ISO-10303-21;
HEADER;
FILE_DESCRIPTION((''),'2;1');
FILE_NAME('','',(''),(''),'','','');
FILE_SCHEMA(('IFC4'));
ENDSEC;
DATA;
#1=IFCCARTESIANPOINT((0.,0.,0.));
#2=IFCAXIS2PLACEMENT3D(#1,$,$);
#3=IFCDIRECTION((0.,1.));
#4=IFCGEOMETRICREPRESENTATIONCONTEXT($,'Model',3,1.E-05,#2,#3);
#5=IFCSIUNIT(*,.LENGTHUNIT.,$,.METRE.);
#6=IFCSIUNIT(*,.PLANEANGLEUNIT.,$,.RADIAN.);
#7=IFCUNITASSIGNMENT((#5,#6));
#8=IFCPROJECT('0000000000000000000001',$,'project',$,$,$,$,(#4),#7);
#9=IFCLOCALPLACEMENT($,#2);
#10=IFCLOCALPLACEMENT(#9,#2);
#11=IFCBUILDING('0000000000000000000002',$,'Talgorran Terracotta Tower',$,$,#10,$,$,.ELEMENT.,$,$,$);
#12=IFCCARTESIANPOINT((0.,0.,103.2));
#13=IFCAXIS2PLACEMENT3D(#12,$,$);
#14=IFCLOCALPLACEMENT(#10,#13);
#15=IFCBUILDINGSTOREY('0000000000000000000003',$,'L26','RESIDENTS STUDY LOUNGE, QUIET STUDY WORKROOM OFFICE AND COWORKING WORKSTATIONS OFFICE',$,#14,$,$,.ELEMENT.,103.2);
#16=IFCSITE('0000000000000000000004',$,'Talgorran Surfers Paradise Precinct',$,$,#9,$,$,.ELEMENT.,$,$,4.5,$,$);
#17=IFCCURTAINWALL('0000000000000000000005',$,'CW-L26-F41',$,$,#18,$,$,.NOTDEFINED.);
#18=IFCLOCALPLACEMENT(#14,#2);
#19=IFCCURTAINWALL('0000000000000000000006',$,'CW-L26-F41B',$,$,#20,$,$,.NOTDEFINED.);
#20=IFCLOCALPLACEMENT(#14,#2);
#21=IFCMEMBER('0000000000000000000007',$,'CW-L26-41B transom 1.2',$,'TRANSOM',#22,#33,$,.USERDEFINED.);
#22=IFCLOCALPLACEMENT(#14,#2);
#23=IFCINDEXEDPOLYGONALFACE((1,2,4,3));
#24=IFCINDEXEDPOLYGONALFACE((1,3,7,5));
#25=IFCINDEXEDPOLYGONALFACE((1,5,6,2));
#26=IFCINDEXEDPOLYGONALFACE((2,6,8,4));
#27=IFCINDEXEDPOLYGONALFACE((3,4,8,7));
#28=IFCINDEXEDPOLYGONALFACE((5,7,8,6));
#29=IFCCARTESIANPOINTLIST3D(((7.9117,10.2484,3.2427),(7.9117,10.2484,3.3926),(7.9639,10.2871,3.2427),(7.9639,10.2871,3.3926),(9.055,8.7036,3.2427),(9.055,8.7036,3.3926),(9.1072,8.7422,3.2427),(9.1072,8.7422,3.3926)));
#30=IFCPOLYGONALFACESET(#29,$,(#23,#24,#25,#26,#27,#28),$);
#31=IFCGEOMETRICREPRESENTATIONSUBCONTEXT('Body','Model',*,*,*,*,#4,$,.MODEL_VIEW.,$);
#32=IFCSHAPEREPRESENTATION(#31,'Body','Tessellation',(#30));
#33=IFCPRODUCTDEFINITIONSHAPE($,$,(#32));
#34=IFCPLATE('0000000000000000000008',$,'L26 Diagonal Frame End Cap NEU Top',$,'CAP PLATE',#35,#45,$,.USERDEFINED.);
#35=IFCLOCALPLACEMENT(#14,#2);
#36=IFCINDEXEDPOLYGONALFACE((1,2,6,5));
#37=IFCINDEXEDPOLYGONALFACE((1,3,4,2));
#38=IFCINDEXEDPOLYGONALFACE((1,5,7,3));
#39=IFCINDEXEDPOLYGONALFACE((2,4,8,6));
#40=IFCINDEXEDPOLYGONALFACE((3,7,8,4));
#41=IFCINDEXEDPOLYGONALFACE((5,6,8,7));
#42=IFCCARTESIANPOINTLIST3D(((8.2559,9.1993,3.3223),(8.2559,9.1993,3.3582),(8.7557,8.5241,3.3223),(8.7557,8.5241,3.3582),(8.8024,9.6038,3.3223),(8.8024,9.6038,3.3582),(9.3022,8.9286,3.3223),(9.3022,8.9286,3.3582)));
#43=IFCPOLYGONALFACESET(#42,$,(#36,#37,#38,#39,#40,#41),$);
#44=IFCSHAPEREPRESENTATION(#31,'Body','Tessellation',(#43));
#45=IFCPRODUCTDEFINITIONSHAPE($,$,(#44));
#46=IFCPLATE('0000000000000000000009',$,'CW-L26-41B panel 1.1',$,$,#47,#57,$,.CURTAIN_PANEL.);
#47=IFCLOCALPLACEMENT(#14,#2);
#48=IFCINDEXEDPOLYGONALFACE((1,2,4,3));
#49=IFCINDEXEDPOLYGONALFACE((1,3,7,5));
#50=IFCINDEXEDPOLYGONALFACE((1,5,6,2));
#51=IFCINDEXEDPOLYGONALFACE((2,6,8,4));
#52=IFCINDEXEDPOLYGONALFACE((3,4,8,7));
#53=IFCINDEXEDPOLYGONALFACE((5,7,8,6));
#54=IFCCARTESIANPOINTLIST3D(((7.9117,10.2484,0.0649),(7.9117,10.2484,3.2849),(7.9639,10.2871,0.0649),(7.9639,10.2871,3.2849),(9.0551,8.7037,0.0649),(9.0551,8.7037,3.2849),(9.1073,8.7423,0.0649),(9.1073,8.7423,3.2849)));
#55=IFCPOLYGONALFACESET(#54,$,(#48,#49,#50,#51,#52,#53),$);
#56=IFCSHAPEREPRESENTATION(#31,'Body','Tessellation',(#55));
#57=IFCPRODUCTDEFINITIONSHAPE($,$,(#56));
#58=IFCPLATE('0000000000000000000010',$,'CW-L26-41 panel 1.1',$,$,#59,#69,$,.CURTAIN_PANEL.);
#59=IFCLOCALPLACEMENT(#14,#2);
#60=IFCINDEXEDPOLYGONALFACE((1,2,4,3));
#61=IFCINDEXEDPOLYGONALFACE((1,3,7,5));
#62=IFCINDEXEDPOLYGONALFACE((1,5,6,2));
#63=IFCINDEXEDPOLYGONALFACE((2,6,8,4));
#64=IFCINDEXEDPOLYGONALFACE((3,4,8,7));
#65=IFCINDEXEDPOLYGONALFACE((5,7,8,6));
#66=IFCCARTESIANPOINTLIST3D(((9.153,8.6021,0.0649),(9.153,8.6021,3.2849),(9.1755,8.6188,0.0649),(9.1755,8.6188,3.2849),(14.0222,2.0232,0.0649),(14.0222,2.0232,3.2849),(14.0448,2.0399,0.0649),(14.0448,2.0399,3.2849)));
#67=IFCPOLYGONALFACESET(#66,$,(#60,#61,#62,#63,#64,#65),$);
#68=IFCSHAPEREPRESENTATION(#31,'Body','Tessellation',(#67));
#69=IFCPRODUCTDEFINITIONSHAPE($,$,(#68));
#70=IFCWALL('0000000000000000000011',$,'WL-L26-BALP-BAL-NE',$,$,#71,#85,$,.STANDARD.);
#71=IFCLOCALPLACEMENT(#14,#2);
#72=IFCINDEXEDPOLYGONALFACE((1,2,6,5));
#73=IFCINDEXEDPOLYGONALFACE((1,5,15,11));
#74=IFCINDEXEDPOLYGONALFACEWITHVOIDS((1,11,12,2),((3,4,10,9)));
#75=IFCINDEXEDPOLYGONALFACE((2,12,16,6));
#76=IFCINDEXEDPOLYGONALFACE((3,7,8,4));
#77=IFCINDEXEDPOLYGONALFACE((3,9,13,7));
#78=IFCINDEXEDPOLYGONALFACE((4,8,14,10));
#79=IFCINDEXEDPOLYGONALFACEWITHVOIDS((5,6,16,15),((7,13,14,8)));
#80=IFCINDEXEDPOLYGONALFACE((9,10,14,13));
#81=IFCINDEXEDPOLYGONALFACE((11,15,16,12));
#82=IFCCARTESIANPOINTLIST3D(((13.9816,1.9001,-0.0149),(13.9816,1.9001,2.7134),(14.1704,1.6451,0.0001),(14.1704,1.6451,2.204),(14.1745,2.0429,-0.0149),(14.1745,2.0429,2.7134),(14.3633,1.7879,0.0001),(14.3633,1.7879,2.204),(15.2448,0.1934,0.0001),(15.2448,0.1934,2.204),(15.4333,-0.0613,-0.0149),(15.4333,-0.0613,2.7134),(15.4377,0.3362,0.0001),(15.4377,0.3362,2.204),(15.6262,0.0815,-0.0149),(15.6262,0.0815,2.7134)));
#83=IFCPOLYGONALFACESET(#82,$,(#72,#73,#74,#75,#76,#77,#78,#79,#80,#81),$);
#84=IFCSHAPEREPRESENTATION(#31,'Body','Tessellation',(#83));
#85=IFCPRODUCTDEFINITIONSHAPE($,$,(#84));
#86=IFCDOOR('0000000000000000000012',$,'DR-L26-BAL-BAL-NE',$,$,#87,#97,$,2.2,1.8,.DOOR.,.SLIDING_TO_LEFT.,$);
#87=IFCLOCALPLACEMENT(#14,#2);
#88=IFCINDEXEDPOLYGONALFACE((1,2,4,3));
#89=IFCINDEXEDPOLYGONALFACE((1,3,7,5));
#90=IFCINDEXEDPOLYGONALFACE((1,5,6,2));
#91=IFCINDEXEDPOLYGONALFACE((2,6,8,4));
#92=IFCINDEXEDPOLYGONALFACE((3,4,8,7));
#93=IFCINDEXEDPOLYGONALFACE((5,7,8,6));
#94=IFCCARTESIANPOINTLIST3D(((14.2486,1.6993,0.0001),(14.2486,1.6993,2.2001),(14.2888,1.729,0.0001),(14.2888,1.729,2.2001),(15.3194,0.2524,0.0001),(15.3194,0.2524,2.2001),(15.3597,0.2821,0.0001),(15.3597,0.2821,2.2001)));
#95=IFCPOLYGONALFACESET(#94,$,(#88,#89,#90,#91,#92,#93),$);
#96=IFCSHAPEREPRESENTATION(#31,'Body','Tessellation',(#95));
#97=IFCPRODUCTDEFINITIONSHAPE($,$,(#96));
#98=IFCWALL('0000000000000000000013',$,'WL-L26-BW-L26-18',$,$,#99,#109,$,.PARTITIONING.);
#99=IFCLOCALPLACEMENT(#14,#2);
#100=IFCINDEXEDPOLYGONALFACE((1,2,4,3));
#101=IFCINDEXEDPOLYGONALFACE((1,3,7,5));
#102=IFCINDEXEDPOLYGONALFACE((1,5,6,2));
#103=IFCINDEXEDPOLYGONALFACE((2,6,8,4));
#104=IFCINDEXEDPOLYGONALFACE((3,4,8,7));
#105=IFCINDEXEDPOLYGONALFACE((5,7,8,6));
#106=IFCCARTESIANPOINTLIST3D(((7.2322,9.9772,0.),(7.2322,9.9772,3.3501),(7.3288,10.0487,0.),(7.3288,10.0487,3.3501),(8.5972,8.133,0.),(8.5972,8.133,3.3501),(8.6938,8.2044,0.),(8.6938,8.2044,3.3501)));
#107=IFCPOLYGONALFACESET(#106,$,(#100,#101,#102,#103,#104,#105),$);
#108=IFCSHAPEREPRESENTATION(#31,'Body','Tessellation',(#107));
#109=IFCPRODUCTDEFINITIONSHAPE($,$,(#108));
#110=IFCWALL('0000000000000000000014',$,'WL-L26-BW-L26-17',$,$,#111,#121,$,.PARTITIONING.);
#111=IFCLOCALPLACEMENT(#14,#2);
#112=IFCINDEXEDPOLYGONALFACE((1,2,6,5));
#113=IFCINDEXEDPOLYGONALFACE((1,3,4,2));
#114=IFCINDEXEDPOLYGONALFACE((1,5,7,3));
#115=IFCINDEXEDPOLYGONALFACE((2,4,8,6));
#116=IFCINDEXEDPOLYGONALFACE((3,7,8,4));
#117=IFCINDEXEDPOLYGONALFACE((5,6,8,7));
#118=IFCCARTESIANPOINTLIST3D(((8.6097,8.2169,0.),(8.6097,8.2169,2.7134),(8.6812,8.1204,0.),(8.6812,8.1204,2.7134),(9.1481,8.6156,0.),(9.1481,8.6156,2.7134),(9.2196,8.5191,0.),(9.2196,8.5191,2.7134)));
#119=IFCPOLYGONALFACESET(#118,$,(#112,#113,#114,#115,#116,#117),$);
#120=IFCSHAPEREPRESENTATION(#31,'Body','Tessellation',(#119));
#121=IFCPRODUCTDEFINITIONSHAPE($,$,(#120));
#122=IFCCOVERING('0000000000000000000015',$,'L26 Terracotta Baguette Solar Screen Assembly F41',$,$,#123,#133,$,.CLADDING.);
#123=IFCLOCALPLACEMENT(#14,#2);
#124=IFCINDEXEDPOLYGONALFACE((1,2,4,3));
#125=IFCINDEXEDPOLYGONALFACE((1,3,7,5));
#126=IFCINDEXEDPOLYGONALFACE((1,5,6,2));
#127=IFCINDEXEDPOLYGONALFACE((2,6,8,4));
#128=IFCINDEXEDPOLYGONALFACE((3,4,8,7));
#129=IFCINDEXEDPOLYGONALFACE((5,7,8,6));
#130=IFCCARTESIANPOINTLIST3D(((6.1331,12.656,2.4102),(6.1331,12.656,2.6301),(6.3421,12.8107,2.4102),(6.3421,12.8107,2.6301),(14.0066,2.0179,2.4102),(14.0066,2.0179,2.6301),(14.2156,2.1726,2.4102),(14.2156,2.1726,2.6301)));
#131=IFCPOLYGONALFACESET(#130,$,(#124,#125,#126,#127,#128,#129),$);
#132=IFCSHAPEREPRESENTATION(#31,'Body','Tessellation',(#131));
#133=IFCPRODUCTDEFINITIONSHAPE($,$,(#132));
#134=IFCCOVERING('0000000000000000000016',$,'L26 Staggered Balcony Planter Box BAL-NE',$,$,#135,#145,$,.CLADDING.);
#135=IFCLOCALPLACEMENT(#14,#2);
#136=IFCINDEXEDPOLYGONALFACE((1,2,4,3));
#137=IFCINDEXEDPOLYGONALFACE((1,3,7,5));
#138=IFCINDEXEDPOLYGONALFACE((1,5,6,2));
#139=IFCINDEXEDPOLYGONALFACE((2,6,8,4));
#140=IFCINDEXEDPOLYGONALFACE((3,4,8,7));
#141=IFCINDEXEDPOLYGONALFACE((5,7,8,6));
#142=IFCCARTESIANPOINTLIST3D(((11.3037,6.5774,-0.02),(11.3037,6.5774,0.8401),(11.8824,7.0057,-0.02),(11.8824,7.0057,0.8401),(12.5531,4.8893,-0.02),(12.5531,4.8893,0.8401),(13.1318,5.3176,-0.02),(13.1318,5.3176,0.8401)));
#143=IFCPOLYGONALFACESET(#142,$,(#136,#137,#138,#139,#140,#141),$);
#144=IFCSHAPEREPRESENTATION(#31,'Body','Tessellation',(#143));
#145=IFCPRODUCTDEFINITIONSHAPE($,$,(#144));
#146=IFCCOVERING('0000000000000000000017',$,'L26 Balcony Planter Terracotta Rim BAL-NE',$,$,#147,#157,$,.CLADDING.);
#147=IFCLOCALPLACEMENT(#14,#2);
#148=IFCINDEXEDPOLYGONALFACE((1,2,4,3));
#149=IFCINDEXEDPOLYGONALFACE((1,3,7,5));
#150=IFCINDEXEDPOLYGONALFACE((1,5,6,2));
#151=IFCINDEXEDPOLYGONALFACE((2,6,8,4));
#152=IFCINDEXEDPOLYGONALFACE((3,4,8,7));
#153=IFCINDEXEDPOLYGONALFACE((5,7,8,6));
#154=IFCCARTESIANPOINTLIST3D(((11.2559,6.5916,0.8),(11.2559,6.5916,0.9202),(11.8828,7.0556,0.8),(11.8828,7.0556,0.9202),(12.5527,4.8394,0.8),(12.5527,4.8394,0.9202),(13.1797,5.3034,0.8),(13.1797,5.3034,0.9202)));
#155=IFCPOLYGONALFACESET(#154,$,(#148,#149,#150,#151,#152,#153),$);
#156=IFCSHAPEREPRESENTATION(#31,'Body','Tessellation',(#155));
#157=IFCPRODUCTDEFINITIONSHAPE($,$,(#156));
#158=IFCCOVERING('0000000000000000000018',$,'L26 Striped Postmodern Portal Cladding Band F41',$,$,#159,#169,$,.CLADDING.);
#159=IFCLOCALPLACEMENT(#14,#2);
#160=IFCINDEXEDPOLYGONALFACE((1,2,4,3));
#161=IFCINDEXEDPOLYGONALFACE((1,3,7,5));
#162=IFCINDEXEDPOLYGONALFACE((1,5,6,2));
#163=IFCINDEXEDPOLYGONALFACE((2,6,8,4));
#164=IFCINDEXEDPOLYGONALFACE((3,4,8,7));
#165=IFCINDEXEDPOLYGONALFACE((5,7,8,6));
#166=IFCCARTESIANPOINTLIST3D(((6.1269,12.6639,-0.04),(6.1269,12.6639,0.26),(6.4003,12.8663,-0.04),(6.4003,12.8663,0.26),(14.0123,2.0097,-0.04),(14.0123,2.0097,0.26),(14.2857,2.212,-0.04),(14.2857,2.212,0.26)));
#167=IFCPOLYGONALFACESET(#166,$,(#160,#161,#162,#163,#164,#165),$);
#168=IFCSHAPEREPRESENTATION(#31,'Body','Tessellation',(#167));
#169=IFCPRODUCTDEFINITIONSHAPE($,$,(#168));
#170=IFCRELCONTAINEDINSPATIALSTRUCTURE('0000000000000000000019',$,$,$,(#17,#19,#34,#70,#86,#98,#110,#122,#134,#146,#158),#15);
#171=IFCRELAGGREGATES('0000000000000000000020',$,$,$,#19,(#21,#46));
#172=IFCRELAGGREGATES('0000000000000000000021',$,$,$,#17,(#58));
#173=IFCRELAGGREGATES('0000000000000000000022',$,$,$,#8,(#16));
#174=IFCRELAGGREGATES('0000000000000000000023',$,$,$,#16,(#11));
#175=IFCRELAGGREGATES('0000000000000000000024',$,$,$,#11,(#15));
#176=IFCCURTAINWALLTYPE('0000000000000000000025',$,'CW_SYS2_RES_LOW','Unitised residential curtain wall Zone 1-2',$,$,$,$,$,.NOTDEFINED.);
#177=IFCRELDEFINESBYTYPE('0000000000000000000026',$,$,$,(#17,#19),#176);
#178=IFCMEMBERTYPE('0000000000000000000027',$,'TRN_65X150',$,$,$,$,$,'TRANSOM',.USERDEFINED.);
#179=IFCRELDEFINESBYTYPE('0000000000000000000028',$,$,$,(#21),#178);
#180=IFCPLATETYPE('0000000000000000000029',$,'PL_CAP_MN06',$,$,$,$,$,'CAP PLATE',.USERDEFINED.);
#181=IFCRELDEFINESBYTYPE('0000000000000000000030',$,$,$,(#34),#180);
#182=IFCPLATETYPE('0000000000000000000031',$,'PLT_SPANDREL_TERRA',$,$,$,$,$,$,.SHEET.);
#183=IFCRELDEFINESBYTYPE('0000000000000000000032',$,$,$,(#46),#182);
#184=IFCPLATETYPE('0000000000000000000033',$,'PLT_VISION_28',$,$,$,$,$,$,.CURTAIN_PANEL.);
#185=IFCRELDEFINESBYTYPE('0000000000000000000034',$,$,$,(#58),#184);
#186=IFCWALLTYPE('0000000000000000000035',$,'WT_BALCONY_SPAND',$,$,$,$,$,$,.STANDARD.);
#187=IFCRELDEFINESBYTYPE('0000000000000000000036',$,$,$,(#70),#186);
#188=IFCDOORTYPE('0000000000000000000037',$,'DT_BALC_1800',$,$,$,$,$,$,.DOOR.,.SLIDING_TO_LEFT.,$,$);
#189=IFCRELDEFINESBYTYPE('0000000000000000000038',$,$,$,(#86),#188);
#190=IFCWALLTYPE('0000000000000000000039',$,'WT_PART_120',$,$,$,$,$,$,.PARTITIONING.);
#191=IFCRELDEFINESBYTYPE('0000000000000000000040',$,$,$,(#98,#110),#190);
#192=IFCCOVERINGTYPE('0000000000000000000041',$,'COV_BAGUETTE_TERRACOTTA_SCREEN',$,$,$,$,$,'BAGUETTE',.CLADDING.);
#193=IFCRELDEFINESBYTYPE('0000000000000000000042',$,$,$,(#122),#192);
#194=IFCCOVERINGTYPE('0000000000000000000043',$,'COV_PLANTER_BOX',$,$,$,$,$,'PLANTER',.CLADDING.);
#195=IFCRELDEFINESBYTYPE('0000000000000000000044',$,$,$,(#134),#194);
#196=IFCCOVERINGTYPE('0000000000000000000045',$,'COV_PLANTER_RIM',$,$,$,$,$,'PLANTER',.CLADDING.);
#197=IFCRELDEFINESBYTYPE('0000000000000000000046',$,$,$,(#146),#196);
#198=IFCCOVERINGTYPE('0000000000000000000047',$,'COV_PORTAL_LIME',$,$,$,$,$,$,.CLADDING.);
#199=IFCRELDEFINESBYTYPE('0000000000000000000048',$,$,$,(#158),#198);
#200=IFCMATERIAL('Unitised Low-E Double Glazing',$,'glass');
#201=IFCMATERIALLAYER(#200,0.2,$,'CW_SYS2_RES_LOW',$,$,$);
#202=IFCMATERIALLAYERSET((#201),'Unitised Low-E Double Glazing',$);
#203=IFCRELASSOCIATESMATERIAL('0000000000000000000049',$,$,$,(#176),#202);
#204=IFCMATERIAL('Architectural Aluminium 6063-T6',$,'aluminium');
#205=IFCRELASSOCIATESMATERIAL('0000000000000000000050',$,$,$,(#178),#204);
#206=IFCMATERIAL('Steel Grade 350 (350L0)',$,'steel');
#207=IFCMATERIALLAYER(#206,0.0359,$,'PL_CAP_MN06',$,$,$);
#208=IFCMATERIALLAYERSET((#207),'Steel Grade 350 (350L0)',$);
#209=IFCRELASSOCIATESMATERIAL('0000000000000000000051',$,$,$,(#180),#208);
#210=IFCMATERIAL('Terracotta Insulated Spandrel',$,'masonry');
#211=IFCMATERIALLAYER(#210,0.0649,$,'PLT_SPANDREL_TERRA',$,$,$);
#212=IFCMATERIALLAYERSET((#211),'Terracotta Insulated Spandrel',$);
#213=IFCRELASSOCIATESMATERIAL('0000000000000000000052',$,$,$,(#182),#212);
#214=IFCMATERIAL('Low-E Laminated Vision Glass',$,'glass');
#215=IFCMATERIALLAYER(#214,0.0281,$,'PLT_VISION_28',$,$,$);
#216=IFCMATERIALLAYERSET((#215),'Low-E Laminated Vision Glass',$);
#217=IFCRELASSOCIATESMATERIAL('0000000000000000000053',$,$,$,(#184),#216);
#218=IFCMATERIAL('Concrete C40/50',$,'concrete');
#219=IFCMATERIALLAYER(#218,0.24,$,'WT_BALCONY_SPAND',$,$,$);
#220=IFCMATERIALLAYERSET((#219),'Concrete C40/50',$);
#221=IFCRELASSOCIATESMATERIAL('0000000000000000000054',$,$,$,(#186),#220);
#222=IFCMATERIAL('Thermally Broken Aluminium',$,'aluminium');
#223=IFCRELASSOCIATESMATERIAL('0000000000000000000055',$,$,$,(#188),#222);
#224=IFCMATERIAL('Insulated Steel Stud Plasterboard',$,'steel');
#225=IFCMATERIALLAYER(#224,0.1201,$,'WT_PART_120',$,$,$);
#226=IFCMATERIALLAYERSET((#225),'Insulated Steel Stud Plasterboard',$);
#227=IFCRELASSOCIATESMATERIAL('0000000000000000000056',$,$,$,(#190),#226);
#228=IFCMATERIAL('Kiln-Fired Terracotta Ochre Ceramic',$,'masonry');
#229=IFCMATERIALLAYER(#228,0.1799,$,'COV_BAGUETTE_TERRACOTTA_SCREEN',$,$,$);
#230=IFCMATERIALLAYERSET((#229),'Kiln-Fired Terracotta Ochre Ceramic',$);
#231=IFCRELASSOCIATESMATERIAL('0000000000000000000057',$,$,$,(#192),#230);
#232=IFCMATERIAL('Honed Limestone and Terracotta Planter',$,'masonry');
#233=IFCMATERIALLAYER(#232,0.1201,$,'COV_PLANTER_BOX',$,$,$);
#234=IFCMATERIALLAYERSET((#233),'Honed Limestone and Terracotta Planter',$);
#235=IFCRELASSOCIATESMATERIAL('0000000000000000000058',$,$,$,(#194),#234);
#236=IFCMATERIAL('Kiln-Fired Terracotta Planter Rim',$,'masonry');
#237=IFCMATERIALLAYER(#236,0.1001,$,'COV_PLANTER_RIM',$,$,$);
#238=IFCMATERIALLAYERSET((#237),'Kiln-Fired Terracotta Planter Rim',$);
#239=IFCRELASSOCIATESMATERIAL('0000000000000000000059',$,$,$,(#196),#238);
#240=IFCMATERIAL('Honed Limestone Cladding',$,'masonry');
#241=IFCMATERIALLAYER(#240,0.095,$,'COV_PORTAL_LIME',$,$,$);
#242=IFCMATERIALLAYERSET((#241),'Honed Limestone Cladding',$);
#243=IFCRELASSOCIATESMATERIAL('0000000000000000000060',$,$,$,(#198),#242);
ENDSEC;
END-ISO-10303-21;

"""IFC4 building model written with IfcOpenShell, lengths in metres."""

from ifc_helpers import new_model, si_unit, direction, frame, frame_2d, origin, origin_2d, place, context, subcontext, project, spatial, rectangle, extrude, source, transform, mapped, material, layer, layer_set, material_profile, profile_set, type_object, type_shapes, element, fill, aggregate, save


model = new_model("IFC4")

# Units and contexts
model_context = context("Model", 3, precision=1e-05, world=origin(), true_north=direction((0.0, 1.0)))
body_context = subcontext(model_context, "Body", "Model", "MODEL_VIEW")
ifc_project = project(units=[si_unit("LENGTHUNIT", "METRE"), si_unit("PLANEANGLEUNIT", "RADIAN")], contexts=[model_context])

# Site, building, storey
site_placement = place(None, origin())
site = spatial("IfcSite", under=ifc_project, at=site_placement, Name="Talgorran Surfers Paradise Precinct", CompositionType="ELEMENT", RefElevation=4.5)
building_placement = place(site_placement, origin())
building = spatial("IfcBuilding", under=site, at=building_placement, Name="Talgorran Terracotta Tower", CompositionType="ELEMENT")
storey_placement = place(building_placement, frame((0.0, 0.0, 103.2)))
storey = spatial("IfcBuildingStorey", under=building, at=storey_placement, Name="L26", Description="RESIDENTS STUDY LOUNGE, QUIET STUDY WORKROOM OFFICE AND COWORKING WORKSTATIONS OFFICE", CompositionType="ELEMENT", Elevation=103.2)

# Shared definitions
ifc_material_1 = material(Name="Steel Grade 350 (350L0)", Category="steel")

# Shared definitions
ifc_material_2 = material(Name="Unitised Low-E Double Glazing", Category="glass")
ifc_layer_1 = layer(ifc_material_2, 0.2, Name="CW_SYS2_RES_LOW")
ifc_layer_set_1 = layer_set([ifc_layer_1], Name="Unitised Low-E Double Glazing")
curtain_wall_type = type_object("IfcCurtainWallType", Name="CW_SYS2_RES_LOW", Description="Unitised residential curtain wall Zone 1-2", PredefinedType="NOTDEFINED", material=ifc_layer_set_1)
ifc_material_3 = material(Name="Architectural Aluminium 6063-T6", Category="aluminium")

# Curtain wall
curtain_wall_1_placement = place(storey_placement, origin())
curtain_wall_1 = element("IfcCurtainWall", 1, at=curtain_wall_1_placement, inside=storey, type_object=curtain_wall_type, Name="CW-L26-F41", PredefinedType="NOTDEFINED")

# Curtain wall
curtain_wall_2_placement = place(storey_placement, origin())
curtain_wall_2 = element("IfcCurtainWall", 2, at=curtain_wall_2_placement, inside=storey, type_object=curtain_wall_type, Name="CW-L26-F41B", PredefinedType="NOTDEFINED")

# Member
ifc_material_profile_1 = material_profile(ifc_material_3, rectangle(XDim=0.0649, YDim=0.1499, at=origin_2d()), Name="CWT65X150")
ifc_profile_set_1 = profile_set([ifc_material_profile_1], Name="Architectural Aluminium 6063-T6")
member_type_1 = type_object("IfcMemberType", Name="TRN_65X150", ElementType="TRANSOM", PredefinedType="USERDEFINED", material=ifc_profile_set_1)
member_1_placement = place(storey_placement, frame((9.0811, 8.7229, 3.3176), z_axis=(-0.594866, 0.803825, 0.0), x_axis=(-0.803825, -0.594866, 0.0)))
member_1 = element("IfcMember", 3, at=member_1_placement, type_object=member_type_1, Name="CW-L26-41B transom 1.2", ObjectType="TRANSOM", PredefinedType="USERDEFINED", context=body_context, shape_type="SweptSolid", body=[
    extrude(rectangle(XDim=0.0649, YDim=0.1499, at=origin_2d()), origin(), (0.0, 0.0, 1.0), 1.9219),
])

# Plates
ifc_layer_2 = layer(ifc_material_1, 0.0359, Name="PL_CAP_MN06")
ifc_layer_set_2 = layer_set([ifc_layer_2], Name="Steel Grade 350 (350L0)")
plate_type_1 = type_object("IfcPlateType", Name="PL_CAP_MN06", ElementType="CAP PLATE", PredefinedType="USERDEFINED", material=ifc_layer_set_2)
plate_1_placement = place(storey_placement, frame((8.7791, 9.064, 3.3223), z_axis=(0.0, 0.0, 1.0), x_axis=(0.594963, -0.803753, 0.0)))
element("IfcPlate", 4, at=plate_1_placement, inside=storey, type_object=plate_type_1, Name="L26 Diagonal Frame End Cap NEU Top", ObjectType="CAP PLATE", PredefinedType="USERDEFINED", context=body_context, shape_type="SweptSolid", body=[
    extrude(rectangle(XDim=0.8401, YDim=0.6799, at=origin_2d()), origin(), (0.0, 0.0, 1.0), 0.0359),
])
ifc_material_4 = material(Name="Terracotta Insulated Spandrel", Category="masonry")
ifc_layer_3 = layer(ifc_material_4, 0.0649, Name="PLT_SPANDREL_TERRA")
ifc_layer_set_3 = layer_set([ifc_layer_3], Name="Terracotta Insulated Spandrel")
plate_type_2 = type_object("IfcPlateType", Name="PLT_SPANDREL_TERRA", PredefinedType="SHEET", material=ifc_layer_set_3)
shared_shape_1 = source(origin(), body_context, "Body", "SweptSolid", [
    extrude(rectangle(XDim=1.9219, YDim=0.0649, at=origin_2d()), origin(), (0.0, 0.0, 1.0), 3.22),
])
type_shapes(plate_type_2, [shared_shape_1])
plate_2_placement = place(storey_placement, frame((8.5095, 9.4954, 0.0649), z_axis=(0.0, 0.0, 1.0), x_axis=(-0.594912, 0.803791, 0.0)))
plate_2 = element("IfcPlate", 5, at=plate_2_placement, type_object=plate_type_2, Name="CW-L26-41B panel 1.1", PredefinedType="CURTAIN_PANEL", context=body_context, shape_type="MappedRepresentation", body=[
    mapped(shared_shape_1, transform((0.0, 0.0, 0.0), scale=1.0)),
])
aggregate(curtain_wall_2, [member_1, plate_2])
ifc_material_5 = material(Name="Low-E Laminated Vision Glass", Category="glass")
ifc_layer_4 = layer(ifc_material_5, 0.0281, Name="PLT_VISION_28")
ifc_layer_set_4 = layer_set([ifc_layer_4], Name="Low-E Laminated Vision Glass")
plate_type_3 = type_object("IfcPlateType", Name="PLT_VISION_28", PredefinedType="CURTAIN_PANEL", material=ifc_layer_set_4)
shared_shape_2 = source(origin(), body_context, "Body", "SweptSolid", [
    extrude(rectangle(XDim=8.1848, YDim=0.0281, at=origin_2d()), origin(), (0.0, 0.0, 1.0), 3.22),
])
type_shapes(plate_type_3, [shared_shape_2])
plate_3_placement = place(storey_placement, frame((11.5989, 5.321, 0.0649), z_axis=(0.0, 0.0, 1.0), x_axis=(-0.59491, 0.803793, 0.0)))
plate_3 = element("IfcPlate", 6, at=plate_3_placement, type_object=plate_type_3, Name="CW-L26-41 panel 1.1", PredefinedType="CURTAIN_PANEL", context=body_context, shape_type="MappedRepresentation", body=[
    mapped(shared_shape_2, transform((0.0, 0.0, 0.0), scale=1.0)),
])
aggregate(curtain_wall_1, [plate_3])

# Wall, opening, door
ifc_material_6 = material(Name="Concrete C40/50", Category="concrete")
ifc_layer_5 = layer(ifc_material_6, 0.24, Name="WT_BALCONY_SPAND")
ifc_layer_set_5 = layer_set([ifc_layer_5], Name="Concrete C40/50")
wall_type_1 = type_object("IfcWallType", Name="WT_BALCONY_SPAND", PredefinedType="STANDARD", material=ifc_layer_set_5)
wall_1_placement = place(storey_placement, frame((15.5298, 0.01, -0.0149), z_axis=(0.0, 0.0, 1.0), x_axis=(-0.594897, 0.803802, 0.0)))
wall_1 = element("IfcWall", 7, at=wall_1_placement, inside=storey, type_object=wall_type_1, Name="WL-L26-BALP-BAL-NE", PredefinedType="STANDARD", context=body_context, shape_type="SweptSolid", body=[
    extrude(rectangle(XDim=2.4402, YDim=0.24, at=frame_2d((1.2202, 0.0))), origin(), (0.0, 0.0, 1.0), 2.7283),
])
opening_placement = place(wall_1_placement, frame((0.3201, 0.0, 0.0149)))
opening = element("IfcOpeningElement", 8, at=opening_placement, cuts=wall_1, PredefinedType="OPENING", context=body_context, shape_type="SweptSolid", body=[
    extrude(rectangle(XDim=1.806, YDim=2.204, at=frame_2d((0.8999, 1.1021))), frame((0.0, 0.1299, 0.0), z_axis=(0.0, -1.0, 0.0), x_axis=(1.0, 0.0, 0.0)), (0.0, 0.0, 1.0), 0.26),
])
ifc_material_7 = material(Name="Thermally Broken Aluminium", Category="aluminium")
door_type = type_object("IfcDoorType", Name="DT_BALC_1800", OperationType="SLIDING_TO_LEFT", PredefinedType="DOOR", material=ifc_material_7)
door_placement = place(opening_placement, origin())
door = element("IfcDoor", 9, at=door_placement, inside=storey, type_object=door_type, Name="DR-L26-BAL-BAL-NE", OperationType="SLIDING_TO_LEFT", OverallHeight=2.2, OverallWidth=1.8, PredefinedType="DOOR", context=body_context, shape_type="SweptSolid", body=[
    extrude(rectangle(XDim=1.8, YDim=2.2, at=frame_2d((0.8999, 1.1001))), frame((0.0, 0.0249, 0.0), z_axis=(0.0, -1.0, 0.0), x_axis=(1.0, 0.0, 0.0)), (0.0, 0.0, 1.0), 0.05),
])
fill(opening, door)

# Walls
ifc_material_8 = material(Name="Insulated Steel Stud Plasterboard", Category="steel")
ifc_layer_6 = layer(ifc_material_8, 0.1201, Name="WT_PART_120")
ifc_layer_set_6 = layer_set([ifc_layer_6], Name="Insulated Steel Stud Plasterboard")
wall_type_2 = type_object("IfcWallType", Name="WT_PART_120", PredefinedType="PARTITIONING", material=ifc_layer_set_6)
wall_2_placement = place(storey_placement, frame((8.6455, 8.1687, 0.0), z_axis=(0.0, 0.0, 1.0), x_axis=(-0.594915, 0.803789, 0.0)))
element("IfcWall", 10, at=wall_2_placement, inside=storey, type_object=wall_type_2, Name="WL-L26-BW-L26-18", PredefinedType="PARTITIONING", context=body_context, shape_type="SweptSolid", body=[
    extrude(rectangle(XDim=2.2944, YDim=0.1201, at=frame_2d((1.1472, 0.0))), origin(), (0.0, 0.0, 1.0), 3.3501),
])
wall_3_placement = place(storey_placement, frame((9.1838, 8.5674, 0.0), z_axis=(0.0, 0.0, 1.0), x_axis=(-0.803615, -0.595149, 0.0)))
element("IfcWall", 11, at=wall_3_placement, inside=storey, type_object=wall_type_2, Name="WL-L26-BW-L26-17", PredefinedType="PARTITIONING", context=body_context, shape_type="SweptSolid", body=[
    extrude(rectangle(XDim=0.6699, YDim=0.1201, at=frame_2d((0.335, 0.0))), origin(), (0.0, 0.0, 1.0), 2.7134),
])

# Coverings
ifc_material_9 = material(Name="Kiln-Fired Terracotta Ochre Ceramic", Category="masonry")
ifc_layer_7 = layer(ifc_material_9, 0.1799, Name="COV_BAGUETTE_TERRACOTTA_SCREEN")
ifc_layer_set_7 = layer_set([ifc_layer_7], Name="Kiln-Fired Terracotta Ochre Ceramic")
covering_type_1 = type_object("IfcCoveringType", Name="COV_BAGUETTE_TERRACOTTA_SCREEN", ElementType="BAGUETTE", PredefinedType="CLADDING", material=ifc_layer_set_7)
covering_1_placement = place(storey_placement, frame((10.1743, 7.4143, 2.4102), z_axis=(0.0, 0.0, 1.0), x_axis=(-0.594907, 0.803795, 0.0)))
element("IfcCovering", 12, at=covering_1_placement, inside=storey, type_object=covering_type_1, Name="L26 Terracotta Baguette Solar Screen Assembly F41", PredefinedType="CLADDING", context=body_context, shape_type="SweptSolid", body=[
    extrude(rectangle(XDim=13.2349, YDim=0.26, at=origin_2d()), origin(), (0.0, 0.0, 1.0), 0.22),
])
ifc_material_10 = material(Name="Honed Limestone and Terracotta Planter", Category="masonry")
ifc_layer_8 = layer(ifc_material_10, 0.1201, Name="COV_PLANTER_BOX")
ifc_layer_set_8 = layer_set([ifc_layer_8], Name="Honed Limestone and Terracotta Planter")
covering_type_2 = type_object("IfcCoveringType", Name="COV_PLANTER_BOX", ElementType="PLANTER", PredefinedType="CLADDING", material=ifc_layer_set_8)
covering_2_placement = place(storey_placement, frame((12.2178, 5.9475, -0.02), z_axis=(0.0, 0.0, 1.0), x_axis=(-0.594907, 0.803795, 0.0)))
element("IfcCovering", 13, at=covering_2_placement, inside=storey, type_object=covering_type_2, Name="L26 Staggered Balcony Planter Box BAL-NE", PredefinedType="CLADDING", context=body_context, shape_type="SweptSolid", body=[
    extrude(rectangle(XDim=2.1001, YDim=0.72, at=origin_2d()), origin(), (0.0, 0.0, 1.0), 0.8601),
])
ifc_material_11 = material(Name="Kiln-Fired Terracotta Planter Rim", Category="masonry")
ifc_layer_9 = layer(ifc_material_11, 0.1001, Name="COV_PLANTER_RIM")
ifc_layer_set_9 = layer_set([ifc_layer_9], Name="Kiln-Fired Terracotta Planter Rim")
covering_type_3 = type_object("IfcCoveringType", Name="COV_PLANTER_RIM", ElementType="PLANTER", PredefinedType="CLADDING", material=ifc_layer_set_9)
covering_3_placement = place(storey_placement, frame((12.2178, 5.9475, 0.8), z_axis=(0.0, 0.0, 1.0), x_axis=(-0.594907, 0.803795, 0.0)))
element("IfcCovering", 14, at=covering_3_placement, inside=storey, type_object=covering_type_3, Name="L26 Balcony Planter Terracotta Rim BAL-NE", PredefinedType="CLADDING", context=body_context, shape_type="SweptSolid", body=[
    extrude(rectangle(XDim=2.1799, YDim=0.78, at=origin_2d()), origin(), (0.0, 0.0, 1.0), 0.1201),
])
ifc_material_12 = material(Name="Honed Limestone Cladding", Category="masonry")
ifc_layer_10 = layer(ifc_material_12, 0.095, Name="COV_PORTAL_LIME")
ifc_layer_set_10 = layer_set([ifc_layer_10], Name="Honed Limestone Cladding")
covering_type_4 = type_object("IfcCoveringType", Name="COV_PORTAL_LIME", PredefinedType="CLADDING", material=ifc_layer_set_10)
covering_4_placement = place(storey_placement, frame((10.2063, 7.438, -0.04), z_axis=(0.0, 0.0, 1.0), x_axis=(-0.594907, 0.803795, 0.0)))
element("IfcCovering", 15, at=covering_4_placement, inside=storey, type_object=covering_type_4, Name="L26 Striped Postmodern Portal Cladding Band F41", PredefinedType="CLADDING", context=body_context, shape_type="SweptSolid", body=[
    extrude(rectangle(XDim=13.2549, YDim=0.3401, at=origin_2d()), origin(), (0.0, 0.0, 1.0), 0.3),
])

save(model, "model.ifc")
